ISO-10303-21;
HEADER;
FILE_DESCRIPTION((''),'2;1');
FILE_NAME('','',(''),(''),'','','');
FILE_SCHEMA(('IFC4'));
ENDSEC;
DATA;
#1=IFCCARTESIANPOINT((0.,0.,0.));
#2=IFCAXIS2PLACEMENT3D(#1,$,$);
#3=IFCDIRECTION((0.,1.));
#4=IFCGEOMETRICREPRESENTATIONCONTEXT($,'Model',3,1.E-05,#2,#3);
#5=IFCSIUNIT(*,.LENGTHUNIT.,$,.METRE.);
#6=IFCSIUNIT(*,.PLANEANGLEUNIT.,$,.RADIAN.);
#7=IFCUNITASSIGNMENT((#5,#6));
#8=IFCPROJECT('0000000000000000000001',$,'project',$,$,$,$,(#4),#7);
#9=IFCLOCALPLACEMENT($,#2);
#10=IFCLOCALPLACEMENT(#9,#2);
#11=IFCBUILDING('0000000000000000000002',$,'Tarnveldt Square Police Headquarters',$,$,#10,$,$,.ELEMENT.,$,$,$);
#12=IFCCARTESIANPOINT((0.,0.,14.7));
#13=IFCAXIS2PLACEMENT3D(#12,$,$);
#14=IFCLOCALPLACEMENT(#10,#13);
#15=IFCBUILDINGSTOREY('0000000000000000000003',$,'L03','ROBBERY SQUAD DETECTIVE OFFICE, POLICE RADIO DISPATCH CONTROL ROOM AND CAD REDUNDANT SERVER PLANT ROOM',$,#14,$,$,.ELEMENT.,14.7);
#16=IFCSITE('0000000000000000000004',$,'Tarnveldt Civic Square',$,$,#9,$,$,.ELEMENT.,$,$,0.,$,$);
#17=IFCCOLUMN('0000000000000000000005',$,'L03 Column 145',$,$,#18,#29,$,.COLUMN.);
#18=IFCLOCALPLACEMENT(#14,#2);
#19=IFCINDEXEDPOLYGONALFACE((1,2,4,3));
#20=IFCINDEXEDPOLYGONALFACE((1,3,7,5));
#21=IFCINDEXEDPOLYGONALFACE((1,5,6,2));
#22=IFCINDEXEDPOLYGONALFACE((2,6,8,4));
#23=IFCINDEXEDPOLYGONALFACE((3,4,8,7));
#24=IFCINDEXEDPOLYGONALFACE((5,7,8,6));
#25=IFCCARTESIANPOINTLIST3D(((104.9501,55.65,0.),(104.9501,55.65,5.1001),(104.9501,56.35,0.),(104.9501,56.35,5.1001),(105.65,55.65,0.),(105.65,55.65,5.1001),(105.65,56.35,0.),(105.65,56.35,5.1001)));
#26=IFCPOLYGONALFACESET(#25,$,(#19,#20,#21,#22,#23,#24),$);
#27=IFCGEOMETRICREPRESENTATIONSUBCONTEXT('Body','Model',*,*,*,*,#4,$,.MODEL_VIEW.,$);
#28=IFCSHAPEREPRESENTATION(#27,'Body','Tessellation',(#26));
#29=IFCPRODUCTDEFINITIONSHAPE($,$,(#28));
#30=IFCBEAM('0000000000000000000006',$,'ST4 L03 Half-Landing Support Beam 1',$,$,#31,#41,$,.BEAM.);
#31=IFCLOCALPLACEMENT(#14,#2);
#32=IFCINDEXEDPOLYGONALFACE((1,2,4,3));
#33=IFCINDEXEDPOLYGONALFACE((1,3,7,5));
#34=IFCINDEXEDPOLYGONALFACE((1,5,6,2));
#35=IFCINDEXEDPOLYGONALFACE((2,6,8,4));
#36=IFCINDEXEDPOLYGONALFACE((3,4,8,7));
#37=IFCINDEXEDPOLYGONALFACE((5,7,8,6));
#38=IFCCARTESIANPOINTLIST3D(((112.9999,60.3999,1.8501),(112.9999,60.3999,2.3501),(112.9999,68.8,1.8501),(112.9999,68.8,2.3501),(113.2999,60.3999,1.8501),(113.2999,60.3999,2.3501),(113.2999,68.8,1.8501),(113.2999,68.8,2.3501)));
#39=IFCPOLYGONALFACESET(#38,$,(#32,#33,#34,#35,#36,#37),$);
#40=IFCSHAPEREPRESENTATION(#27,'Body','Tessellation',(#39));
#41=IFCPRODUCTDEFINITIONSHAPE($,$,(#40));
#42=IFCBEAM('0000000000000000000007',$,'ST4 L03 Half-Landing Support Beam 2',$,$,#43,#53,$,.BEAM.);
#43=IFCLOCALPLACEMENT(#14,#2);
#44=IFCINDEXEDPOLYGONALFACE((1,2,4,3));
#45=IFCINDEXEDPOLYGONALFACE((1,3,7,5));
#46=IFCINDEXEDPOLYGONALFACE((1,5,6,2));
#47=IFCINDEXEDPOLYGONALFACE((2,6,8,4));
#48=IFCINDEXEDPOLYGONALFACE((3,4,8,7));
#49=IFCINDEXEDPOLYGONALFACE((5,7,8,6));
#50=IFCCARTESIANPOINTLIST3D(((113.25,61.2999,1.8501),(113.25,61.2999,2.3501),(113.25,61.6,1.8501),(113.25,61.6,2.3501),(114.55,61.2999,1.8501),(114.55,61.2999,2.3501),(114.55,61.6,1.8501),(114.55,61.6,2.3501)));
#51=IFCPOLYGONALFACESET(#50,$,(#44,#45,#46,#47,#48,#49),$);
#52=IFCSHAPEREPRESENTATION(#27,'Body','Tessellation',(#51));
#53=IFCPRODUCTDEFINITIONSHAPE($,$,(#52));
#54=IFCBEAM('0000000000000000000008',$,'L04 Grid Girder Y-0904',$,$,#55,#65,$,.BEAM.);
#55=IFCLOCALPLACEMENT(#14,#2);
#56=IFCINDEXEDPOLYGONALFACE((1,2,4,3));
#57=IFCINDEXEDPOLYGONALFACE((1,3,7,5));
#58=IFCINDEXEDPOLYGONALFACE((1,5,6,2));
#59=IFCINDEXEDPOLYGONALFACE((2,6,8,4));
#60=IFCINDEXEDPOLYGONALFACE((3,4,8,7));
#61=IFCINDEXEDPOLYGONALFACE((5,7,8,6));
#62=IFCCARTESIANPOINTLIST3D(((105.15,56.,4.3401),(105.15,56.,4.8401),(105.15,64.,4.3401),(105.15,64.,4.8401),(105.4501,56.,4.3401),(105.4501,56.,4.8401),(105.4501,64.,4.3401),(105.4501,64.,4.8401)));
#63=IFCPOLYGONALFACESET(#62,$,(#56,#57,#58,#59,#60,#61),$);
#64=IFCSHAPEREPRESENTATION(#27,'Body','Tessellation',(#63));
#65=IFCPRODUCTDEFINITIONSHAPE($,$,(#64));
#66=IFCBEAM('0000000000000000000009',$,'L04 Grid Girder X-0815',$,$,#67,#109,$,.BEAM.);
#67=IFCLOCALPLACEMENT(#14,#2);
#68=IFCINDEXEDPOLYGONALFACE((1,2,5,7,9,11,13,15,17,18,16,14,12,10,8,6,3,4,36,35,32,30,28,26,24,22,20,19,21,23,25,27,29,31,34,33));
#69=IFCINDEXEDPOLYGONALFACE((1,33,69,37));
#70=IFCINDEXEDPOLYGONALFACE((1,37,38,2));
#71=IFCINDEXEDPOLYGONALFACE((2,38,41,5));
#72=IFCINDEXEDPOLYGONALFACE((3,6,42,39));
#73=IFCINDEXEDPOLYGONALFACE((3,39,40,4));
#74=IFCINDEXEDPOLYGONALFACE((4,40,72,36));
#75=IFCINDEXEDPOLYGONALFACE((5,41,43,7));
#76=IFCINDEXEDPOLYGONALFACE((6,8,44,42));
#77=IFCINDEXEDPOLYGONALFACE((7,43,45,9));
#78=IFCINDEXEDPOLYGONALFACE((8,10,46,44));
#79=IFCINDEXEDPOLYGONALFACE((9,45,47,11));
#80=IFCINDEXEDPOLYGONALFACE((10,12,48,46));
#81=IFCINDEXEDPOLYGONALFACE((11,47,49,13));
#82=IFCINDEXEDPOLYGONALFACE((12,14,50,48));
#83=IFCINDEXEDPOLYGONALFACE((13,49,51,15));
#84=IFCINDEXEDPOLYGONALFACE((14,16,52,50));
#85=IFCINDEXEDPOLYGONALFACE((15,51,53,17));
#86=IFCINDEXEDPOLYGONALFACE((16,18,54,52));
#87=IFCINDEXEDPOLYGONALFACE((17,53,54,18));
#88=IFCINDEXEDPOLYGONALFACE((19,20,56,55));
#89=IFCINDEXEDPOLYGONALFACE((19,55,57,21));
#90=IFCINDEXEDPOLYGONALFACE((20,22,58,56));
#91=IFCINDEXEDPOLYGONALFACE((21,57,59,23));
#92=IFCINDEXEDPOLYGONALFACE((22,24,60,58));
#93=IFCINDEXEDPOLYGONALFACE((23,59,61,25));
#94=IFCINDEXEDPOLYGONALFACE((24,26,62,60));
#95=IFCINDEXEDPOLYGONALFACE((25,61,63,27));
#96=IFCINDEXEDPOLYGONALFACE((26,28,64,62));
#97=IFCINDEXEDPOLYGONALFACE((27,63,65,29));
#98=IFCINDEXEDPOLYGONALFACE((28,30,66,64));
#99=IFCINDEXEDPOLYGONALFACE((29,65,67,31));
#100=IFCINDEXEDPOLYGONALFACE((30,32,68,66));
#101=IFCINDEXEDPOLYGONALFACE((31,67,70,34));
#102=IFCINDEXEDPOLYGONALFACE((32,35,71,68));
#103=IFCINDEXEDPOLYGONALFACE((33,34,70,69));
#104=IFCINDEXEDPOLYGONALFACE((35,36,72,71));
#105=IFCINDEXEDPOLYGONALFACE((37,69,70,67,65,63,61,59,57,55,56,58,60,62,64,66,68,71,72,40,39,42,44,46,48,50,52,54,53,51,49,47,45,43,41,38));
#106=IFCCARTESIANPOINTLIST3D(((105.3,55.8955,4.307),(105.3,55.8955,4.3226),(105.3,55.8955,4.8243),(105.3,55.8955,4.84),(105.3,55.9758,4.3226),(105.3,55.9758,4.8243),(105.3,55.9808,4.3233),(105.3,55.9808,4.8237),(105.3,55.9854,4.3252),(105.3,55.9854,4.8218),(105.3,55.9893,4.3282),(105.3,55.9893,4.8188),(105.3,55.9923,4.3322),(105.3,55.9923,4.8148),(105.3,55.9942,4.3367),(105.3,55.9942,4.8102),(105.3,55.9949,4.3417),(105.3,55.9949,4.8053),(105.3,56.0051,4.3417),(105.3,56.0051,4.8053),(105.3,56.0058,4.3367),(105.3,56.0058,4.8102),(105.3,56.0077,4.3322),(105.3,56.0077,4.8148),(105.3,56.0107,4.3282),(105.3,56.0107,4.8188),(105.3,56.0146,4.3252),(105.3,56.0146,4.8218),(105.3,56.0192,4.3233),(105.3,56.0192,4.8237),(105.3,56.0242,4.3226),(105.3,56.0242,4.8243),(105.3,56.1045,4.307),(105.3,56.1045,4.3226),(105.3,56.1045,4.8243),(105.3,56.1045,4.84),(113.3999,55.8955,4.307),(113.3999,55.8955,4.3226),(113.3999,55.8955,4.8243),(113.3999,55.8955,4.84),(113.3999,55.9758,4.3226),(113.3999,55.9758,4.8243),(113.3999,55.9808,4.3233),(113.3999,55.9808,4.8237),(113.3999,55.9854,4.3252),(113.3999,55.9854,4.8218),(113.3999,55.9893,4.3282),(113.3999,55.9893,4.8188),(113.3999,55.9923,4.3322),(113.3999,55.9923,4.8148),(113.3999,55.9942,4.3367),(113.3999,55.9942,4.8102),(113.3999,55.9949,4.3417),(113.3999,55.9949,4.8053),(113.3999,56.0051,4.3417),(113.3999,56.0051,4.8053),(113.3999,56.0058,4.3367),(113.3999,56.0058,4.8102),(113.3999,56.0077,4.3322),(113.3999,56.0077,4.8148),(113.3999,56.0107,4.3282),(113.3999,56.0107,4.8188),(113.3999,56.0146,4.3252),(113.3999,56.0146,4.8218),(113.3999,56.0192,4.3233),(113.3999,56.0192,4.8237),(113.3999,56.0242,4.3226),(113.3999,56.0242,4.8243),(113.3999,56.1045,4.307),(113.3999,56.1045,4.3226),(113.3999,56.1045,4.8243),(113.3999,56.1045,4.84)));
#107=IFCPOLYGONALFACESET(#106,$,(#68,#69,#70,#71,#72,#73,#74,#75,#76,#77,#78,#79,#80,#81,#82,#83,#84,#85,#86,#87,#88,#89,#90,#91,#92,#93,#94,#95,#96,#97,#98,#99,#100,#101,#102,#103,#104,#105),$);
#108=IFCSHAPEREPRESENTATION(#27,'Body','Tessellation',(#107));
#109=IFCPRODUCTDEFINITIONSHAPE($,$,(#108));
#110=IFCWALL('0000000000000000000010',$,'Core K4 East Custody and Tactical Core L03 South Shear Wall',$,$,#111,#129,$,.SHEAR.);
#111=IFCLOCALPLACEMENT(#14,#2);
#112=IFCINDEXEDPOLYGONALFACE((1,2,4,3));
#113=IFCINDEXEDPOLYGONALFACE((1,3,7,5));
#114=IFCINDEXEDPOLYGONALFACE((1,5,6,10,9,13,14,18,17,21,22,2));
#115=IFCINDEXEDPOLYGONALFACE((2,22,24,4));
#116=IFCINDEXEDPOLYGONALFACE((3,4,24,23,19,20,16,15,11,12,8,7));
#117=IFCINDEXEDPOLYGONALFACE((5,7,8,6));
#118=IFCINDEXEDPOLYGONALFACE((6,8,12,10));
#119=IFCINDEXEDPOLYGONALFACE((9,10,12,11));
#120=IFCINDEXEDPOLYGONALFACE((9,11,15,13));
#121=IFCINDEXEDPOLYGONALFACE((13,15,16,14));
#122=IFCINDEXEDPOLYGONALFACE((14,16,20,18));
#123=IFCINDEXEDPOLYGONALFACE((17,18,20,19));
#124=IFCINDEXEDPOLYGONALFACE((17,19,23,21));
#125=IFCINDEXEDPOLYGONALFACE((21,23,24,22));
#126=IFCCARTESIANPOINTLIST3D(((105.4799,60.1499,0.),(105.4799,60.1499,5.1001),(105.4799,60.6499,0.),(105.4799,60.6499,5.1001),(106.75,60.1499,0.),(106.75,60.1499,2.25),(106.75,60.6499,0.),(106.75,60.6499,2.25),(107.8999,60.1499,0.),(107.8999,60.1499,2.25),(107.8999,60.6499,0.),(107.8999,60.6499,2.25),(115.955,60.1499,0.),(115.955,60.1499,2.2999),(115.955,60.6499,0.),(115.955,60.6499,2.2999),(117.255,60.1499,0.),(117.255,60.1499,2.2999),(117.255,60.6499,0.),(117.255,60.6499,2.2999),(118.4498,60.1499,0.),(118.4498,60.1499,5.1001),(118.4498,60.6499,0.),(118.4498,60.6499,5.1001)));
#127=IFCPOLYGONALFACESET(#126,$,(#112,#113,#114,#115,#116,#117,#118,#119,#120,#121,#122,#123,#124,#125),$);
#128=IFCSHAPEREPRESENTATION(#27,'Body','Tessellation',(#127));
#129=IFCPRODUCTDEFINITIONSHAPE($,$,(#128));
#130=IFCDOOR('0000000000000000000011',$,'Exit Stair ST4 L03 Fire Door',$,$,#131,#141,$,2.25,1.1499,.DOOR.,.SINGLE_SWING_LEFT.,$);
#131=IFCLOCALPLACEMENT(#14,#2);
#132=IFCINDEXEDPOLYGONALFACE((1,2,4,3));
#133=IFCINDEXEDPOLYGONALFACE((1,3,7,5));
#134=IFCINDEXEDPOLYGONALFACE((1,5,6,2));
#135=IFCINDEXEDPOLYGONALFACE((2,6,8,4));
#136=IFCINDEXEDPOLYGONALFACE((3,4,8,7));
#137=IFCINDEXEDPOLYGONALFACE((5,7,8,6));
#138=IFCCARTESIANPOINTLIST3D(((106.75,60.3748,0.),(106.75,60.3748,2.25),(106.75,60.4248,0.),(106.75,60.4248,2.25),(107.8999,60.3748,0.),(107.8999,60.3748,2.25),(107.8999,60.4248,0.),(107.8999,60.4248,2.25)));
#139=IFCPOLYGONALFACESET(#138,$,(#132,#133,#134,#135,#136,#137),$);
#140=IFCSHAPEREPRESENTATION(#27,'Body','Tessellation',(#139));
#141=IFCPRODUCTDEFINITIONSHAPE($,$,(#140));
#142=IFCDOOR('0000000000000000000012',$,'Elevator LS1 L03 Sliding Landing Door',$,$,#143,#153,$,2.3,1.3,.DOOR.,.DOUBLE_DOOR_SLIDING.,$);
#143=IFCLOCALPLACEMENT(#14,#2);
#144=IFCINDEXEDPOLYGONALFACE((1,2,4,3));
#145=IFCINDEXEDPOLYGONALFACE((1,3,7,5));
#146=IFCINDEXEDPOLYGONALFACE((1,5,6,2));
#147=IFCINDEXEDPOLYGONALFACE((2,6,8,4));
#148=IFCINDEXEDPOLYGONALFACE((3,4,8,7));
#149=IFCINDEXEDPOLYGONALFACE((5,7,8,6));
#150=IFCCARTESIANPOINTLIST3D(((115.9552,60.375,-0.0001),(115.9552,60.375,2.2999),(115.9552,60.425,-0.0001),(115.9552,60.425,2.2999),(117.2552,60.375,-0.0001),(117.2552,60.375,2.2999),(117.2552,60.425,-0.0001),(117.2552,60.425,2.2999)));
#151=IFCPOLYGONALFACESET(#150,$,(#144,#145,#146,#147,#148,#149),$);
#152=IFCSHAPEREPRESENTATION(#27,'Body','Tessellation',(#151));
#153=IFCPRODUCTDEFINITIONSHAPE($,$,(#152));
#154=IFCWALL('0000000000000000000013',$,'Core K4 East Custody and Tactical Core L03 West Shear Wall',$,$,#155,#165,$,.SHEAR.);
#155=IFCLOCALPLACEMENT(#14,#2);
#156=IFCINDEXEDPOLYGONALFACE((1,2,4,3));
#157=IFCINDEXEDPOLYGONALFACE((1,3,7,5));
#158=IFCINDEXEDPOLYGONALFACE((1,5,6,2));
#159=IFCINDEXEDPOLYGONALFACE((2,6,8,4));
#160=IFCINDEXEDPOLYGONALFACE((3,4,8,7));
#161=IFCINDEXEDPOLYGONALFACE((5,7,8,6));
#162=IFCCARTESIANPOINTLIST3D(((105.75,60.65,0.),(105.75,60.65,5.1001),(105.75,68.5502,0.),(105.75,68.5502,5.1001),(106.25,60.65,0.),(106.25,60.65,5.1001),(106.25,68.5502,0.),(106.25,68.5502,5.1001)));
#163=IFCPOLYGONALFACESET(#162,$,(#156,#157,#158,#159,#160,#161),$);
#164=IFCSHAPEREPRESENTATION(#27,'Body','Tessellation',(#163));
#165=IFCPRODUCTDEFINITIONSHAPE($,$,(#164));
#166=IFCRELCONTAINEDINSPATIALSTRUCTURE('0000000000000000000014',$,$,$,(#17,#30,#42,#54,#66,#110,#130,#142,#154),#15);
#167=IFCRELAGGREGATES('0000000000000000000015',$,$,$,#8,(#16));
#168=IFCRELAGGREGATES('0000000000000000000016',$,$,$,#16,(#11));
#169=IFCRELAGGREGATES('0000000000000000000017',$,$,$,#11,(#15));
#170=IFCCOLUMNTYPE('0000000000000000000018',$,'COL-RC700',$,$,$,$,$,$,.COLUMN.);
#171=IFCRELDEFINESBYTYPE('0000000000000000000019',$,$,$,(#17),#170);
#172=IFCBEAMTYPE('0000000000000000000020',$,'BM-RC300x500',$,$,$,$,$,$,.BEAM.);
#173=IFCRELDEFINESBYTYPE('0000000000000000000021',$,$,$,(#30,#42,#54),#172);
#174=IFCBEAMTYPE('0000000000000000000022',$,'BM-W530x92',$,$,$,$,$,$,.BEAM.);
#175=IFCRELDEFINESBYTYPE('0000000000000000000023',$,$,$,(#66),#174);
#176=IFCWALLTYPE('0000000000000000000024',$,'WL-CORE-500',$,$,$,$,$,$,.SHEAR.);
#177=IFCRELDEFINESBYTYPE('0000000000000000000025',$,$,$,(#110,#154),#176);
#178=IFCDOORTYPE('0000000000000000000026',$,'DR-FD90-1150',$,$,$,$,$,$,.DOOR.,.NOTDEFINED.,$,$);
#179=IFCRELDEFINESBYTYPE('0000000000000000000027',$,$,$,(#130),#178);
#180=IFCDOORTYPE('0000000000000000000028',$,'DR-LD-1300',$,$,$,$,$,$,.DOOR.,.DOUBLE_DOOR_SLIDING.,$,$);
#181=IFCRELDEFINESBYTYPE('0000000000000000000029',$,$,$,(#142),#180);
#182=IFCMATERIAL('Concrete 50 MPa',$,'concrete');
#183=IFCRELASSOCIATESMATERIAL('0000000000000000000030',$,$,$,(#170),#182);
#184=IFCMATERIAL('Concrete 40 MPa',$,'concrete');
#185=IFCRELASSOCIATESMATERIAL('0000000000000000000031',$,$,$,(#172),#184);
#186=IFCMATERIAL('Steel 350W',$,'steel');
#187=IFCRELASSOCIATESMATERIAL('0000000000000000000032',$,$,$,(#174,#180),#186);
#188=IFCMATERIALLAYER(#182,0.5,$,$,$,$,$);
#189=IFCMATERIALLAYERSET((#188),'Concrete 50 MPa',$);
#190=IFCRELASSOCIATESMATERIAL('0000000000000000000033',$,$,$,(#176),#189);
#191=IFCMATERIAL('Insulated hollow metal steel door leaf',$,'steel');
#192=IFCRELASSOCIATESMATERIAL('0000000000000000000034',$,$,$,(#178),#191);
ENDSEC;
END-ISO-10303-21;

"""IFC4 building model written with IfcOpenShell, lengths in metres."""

from ifc_helpers import new_model, si_unit, direction, frame, frame_2d, origin, origin_2d, place, context, subcontext, project, spatial, rectangle, i_section, extrude, material, layer, layer_set, material_profile, profile_set, type_object, element, fill, save


model = new_model("IFC4")

# Units and contexts
model_context = context("Model", 3, precision=1e-05, world=origin(), true_north=direction((0.0, 1.0)))
body_context = subcontext(model_context, "Body", "Model", "MODEL_VIEW")
ifc_project = project(units=[si_unit("LENGTHUNIT", "METRE"), si_unit("PLANEANGLEUNIT", "RADIAN")], contexts=[model_context])

# Site, building, storey
site_placement = place(None, origin())
site = spatial("IfcSite", under=ifc_project, at=site_placement, Name="Tarnveldt Civic Square", CompositionType="ELEMENT", RefElevation=0.0)
building_placement = place(site_placement, origin())
building = spatial("IfcBuilding", under=site, at=building_placement, Name="Tarnveldt Square Police Headquarters", CompositionType="ELEMENT")
storey_placement = place(building_placement, frame((0.0, 0.0, 14.7)))
storey = spatial("IfcBuildingStorey", under=building, at=storey_placement, Name="L03", Description="ROBBERY SQUAD DETECTIVE OFFICE, POLICE RADIO DISPATCH CONTROL ROOM AND CAD REDUNDANT SERVER PLANT ROOM", CompositionType="ELEMENT", Elevation=14.7)

# Column
ifc_material_1 = material(Name="Concrete 50 MPa", Category="concrete")
ifc_material_profile_1 = material_profile(ifc_material_1, rectangle(XDim=0.7, YDim=0.7, at=origin_2d()), Name="RC-C700x700")
ifc_profile_set_1 = profile_set([ifc_material_profile_1], Name="Concrete 50 MPa")
column_type = type_object("IfcColumnType", Name="COL-RC700", PredefinedType="COLUMN", material=ifc_profile_set_1)
column_placement = place(storey_placement, frame((105.3, 56.0, 0.0), z_axis=(0.0, 0.0, 1.0), x_axis=(1.0, 0.0, 0.0)))
element("IfcColumn", 1, at=column_placement, inside=storey, type_object=column_type, Name="L03 Column 145", PredefinedType="COLUMN", context=body_context, shape_type="SweptSolid", body=[
    extrude(rectangle(XDim=0.7, YDim=0.7, at=origin_2d()), origin(), (0.0, 0.0, 1.0), 5.1001),
])

# Beams
ifc_material_2 = material(Name="Concrete 40 MPa", Category="concrete")
ifc_material_profile_2 = material_profile(ifc_material_2, rectangle(XDim=0.3, YDim=0.5, at=origin_2d()), Name="RC-B300x500")
ifc_profile_set_2 = profile_set([ifc_material_profile_2], Name="Concrete 40 MPa")
beam_type_1 = type_object("IfcBeamType", Name="BM-RC300x500", PredefinedType="BEAM", material=ifc_profile_set_2)
beam_1_placement = place(storey_placement, frame((113.1499, 60.3999, 2.1001), z_axis=(0.0, 1.0, 0.0), x_axis=(-1.0, 0.0, 0.0)))
element("IfcBeam", 2, at=beam_1_placement, inside=storey, type_object=beam_type_1, Name="ST4 L03 Half-Landing Support Beam 1", PredefinedType="BEAM", context=body_context, shape_type="SweptSolid", body=[
    extrude(rectangle(XDim=0.3, YDim=0.5, at=origin_2d()), origin(), (0.0, 0.0, 1.0), 8.4001),
])
beam_2_placement = place(storey_placement, frame((113.25, 61.45, 2.1001), z_axis=(1.0, 0.0, 0.0), x_axis=(0.0, 1.0, 0.0)))
element("IfcBeam", 3, at=beam_2_placement, inside=storey, type_object=beam_type_1, Name="ST4 L03 Half-Landing Support Beam 2", PredefinedType="BEAM", context=body_context, shape_type="SweptSolid", body=[
    extrude(rectangle(XDim=0.3, YDim=0.5, at=origin_2d()), origin(), (0.0, 0.0, 1.0), 1.3),
])
beam_3_placement = place(storey_placement, frame((105.3, 56.0, 4.5901), z_axis=(0.0, 1.0, 0.0), x_axis=(-1.0, 0.0, 0.0)))
element("IfcBeam", 4, at=beam_3_placement, inside=storey, type_object=beam_type_1, Name="L04 Grid Girder Y-0904", PredefinedType="BEAM", context=body_context, shape_type="SweptSolid", body=[
    extrude(rectangle(XDim=0.3, YDim=0.5, at=origin_2d()), origin(), (0.0, 0.0, 1.0), 8.0),
])
ifc_material_3 = material(Name="Steel 350W", Category="steel")
ifc_material_profile_3 = material_profile(ifc_material_3, i_section(OverallWidth=0.209, OverallDepth=0.533, WebThickness=0.0103, FlangeThickness=0.0156, FilletRadius=0.019, at=origin_2d()), Name="W530x92")
ifc_profile_set_3 = profile_set([ifc_material_profile_3], Name="Steel 350W")
beam_type_2 = type_object("IfcBeamType", Name="BM-W530x92", PredefinedType="BEAM", material=ifc_profile_set_3)
beam_4_placement = place(storey_placement, frame((105.3, 56.0, 4.5735), z_axis=(1.0, 0.0, 0.0), x_axis=(0.0, 1.0, 0.0)))
element("IfcBeam", 5, at=beam_4_placement, inside=storey, type_object=beam_type_2, Name="L04 Grid Girder X-0815", PredefinedType="BEAM", context=body_context, shape_type="SweptSolid", body=[
    extrude(i_section(OverallWidth=0.209, OverallDepth=0.533, WebThickness=0.0103, FlangeThickness=0.0156, FilletRadius=0.019, at=origin_2d()), origin(), (0.0, 0.0, 1.0), 8.0999),
])

# Wall, openings, doors
ifc_layer_1 = layer(ifc_material_1, 0.5)
ifc_layer_set_1 = layer_set([ifc_layer_1], Name="Concrete 50 MPa")
wall_type_1 = type_object("IfcWallType", Name="WL-CORE-500", PredefinedType="SHEAR", material=ifc_layer_set_1)
wall_1_placement = place(storey_placement, frame((105.48, 60.3999, 0.0), z_axis=(0.0, 0.0, 1.0), x_axis=(1.0, 0.0, 0.0)))
wall_1 = element("IfcWall", 6, at=wall_1_placement, inside=storey, type_object=wall_type_1, Name="Core K4 East Custody and Tactical Core L03 South Shear Wall", PredefinedType="SHEAR", context=body_context, shape_type="SweptSolid", body=[
    extrude(rectangle(XDim=12.97, YDim=0.5, at=frame_2d((6.4849, 0.0))), origin(), (0.0, 0.0, 1.0), 5.1001),
])
opening_1_placement = place(wall_1_placement, frame((1.27, 0.0, 0.0)))
opening_1 = element("IfcOpeningElement", 7, at=opening_1_placement, cuts=wall_1, PredefinedType="OPENING", context=body_context, shape_type="SweptSolid", body=[
    extrude(rectangle(XDim=1.1499, YDim=2.25, at=frame_2d((0.575, 1.125))), frame((0.0, 0.26, 0.0), z_axis=(0.0, -1.0, 0.0), x_axis=(1.0, 0.0, 0.0)), (0.0, 0.0, 1.0), 0.52),
])
opening_2_placement = place(wall_1_placement, frame((10.4751, 0.0, 0.0)))
opening_2 = element("IfcOpeningElement", 8, at=opening_2_placement, cuts=wall_1, PredefinedType="OPENING", context=body_context, shape_type="SweptSolid", body=[
    extrude(rectangle(XDim=1.3, YDim=2.3, at=frame_2d((0.6499, 1.1499))), frame((0.0, 0.26, 0.0), z_axis=(0.0, -1.0, 0.0), x_axis=(1.0, 0.0, 0.0)), (0.0, 0.0, 1.0), 0.52),
])
ifc_material_4 = material(Name="Insulated hollow metal steel door leaf", Category="steel")
door_type_1 = type_object("IfcDoorType", Name="DR-FD90-1150", OperationType="NOTDEFINED", PredefinedType="DOOR", material=ifc_material_4)
door_1_placement = place(opening_1_placement, origin())
door_1 = element("IfcDoor", 9, at=door_1_placement, inside=storey, type_object=door_type_1, Name="Exit Stair ST4 L03 Fire Door", OperationType="SINGLE_SWING_LEFT", OverallHeight=2.25, OverallWidth=1.1499, PredefinedType="DOOR", context=body_context, shape_type="SweptSolid", body=[
    extrude(rectangle(XDim=1.1499, YDim=2.25, at=frame_2d((0.575, 1.125))), frame((0.0, 0.0249, 0.0), z_axis=(0.0, -1.0, 0.0), x_axis=(1.0, 0.0, 0.0)), (0.0, 0.0, 1.0), 0.05),
])
fill(opening_1, door_1)
door_type_2 = type_object("IfcDoorType", Name="DR-LD-1300", OperationType="DOUBLE_DOOR_SLIDING", PredefinedType="DOOR", material=ifc_material_3)
door_2_placement = place(opening_2_placement, frame((1.3, 0.0, 0.0), z_axis=(0.0, 0.0, 1.0), x_axis=(-1.0, 0.0, 0.0)))
door_2 = element("IfcDoor", 10, at=door_2_placement, inside=storey, type_object=door_type_2, Name="Elevator LS1 L03 Sliding Landing Door", OperationType="DOUBLE_DOOR_SLIDING", OverallHeight=2.3, OverallWidth=1.3, PredefinedType="DOOR", context=body_context, shape_type="SweptSolid", body=[
    extrude(rectangle(XDim=1.3, YDim=2.3, at=frame_2d((0.6499, 1.1499))), frame((0.0, 0.0249, 0.0), z_axis=(0.0, -1.0, 0.0), x_axis=(1.0, 0.0, 0.0)), (0.0, 0.0, 1.0), 0.05),
])
fill(opening_2, door_2)

# Wall
wall_2_placement = place(storey_placement, frame((106.0, 60.6499, 0.0), z_axis=(0.0, 0.0, 1.0), x_axis=(0.0, 1.0, 0.0)))
element("IfcWall", 11, at=wall_2_placement, inside=storey, type_object=wall_type_1, Name="Core K4 East Custody and Tactical Core L03 West Shear Wall", PredefinedType="SHEAR", context=body_context, shape_type="SweptSolid", body=[
    extrude(rectangle(XDim=7.9001, YDim=0.5, at=frame_2d((3.9502, 0.0))), origin(), (0.0, 0.0, 1.0), 5.1001),
])

save(model, "model.ifc")
